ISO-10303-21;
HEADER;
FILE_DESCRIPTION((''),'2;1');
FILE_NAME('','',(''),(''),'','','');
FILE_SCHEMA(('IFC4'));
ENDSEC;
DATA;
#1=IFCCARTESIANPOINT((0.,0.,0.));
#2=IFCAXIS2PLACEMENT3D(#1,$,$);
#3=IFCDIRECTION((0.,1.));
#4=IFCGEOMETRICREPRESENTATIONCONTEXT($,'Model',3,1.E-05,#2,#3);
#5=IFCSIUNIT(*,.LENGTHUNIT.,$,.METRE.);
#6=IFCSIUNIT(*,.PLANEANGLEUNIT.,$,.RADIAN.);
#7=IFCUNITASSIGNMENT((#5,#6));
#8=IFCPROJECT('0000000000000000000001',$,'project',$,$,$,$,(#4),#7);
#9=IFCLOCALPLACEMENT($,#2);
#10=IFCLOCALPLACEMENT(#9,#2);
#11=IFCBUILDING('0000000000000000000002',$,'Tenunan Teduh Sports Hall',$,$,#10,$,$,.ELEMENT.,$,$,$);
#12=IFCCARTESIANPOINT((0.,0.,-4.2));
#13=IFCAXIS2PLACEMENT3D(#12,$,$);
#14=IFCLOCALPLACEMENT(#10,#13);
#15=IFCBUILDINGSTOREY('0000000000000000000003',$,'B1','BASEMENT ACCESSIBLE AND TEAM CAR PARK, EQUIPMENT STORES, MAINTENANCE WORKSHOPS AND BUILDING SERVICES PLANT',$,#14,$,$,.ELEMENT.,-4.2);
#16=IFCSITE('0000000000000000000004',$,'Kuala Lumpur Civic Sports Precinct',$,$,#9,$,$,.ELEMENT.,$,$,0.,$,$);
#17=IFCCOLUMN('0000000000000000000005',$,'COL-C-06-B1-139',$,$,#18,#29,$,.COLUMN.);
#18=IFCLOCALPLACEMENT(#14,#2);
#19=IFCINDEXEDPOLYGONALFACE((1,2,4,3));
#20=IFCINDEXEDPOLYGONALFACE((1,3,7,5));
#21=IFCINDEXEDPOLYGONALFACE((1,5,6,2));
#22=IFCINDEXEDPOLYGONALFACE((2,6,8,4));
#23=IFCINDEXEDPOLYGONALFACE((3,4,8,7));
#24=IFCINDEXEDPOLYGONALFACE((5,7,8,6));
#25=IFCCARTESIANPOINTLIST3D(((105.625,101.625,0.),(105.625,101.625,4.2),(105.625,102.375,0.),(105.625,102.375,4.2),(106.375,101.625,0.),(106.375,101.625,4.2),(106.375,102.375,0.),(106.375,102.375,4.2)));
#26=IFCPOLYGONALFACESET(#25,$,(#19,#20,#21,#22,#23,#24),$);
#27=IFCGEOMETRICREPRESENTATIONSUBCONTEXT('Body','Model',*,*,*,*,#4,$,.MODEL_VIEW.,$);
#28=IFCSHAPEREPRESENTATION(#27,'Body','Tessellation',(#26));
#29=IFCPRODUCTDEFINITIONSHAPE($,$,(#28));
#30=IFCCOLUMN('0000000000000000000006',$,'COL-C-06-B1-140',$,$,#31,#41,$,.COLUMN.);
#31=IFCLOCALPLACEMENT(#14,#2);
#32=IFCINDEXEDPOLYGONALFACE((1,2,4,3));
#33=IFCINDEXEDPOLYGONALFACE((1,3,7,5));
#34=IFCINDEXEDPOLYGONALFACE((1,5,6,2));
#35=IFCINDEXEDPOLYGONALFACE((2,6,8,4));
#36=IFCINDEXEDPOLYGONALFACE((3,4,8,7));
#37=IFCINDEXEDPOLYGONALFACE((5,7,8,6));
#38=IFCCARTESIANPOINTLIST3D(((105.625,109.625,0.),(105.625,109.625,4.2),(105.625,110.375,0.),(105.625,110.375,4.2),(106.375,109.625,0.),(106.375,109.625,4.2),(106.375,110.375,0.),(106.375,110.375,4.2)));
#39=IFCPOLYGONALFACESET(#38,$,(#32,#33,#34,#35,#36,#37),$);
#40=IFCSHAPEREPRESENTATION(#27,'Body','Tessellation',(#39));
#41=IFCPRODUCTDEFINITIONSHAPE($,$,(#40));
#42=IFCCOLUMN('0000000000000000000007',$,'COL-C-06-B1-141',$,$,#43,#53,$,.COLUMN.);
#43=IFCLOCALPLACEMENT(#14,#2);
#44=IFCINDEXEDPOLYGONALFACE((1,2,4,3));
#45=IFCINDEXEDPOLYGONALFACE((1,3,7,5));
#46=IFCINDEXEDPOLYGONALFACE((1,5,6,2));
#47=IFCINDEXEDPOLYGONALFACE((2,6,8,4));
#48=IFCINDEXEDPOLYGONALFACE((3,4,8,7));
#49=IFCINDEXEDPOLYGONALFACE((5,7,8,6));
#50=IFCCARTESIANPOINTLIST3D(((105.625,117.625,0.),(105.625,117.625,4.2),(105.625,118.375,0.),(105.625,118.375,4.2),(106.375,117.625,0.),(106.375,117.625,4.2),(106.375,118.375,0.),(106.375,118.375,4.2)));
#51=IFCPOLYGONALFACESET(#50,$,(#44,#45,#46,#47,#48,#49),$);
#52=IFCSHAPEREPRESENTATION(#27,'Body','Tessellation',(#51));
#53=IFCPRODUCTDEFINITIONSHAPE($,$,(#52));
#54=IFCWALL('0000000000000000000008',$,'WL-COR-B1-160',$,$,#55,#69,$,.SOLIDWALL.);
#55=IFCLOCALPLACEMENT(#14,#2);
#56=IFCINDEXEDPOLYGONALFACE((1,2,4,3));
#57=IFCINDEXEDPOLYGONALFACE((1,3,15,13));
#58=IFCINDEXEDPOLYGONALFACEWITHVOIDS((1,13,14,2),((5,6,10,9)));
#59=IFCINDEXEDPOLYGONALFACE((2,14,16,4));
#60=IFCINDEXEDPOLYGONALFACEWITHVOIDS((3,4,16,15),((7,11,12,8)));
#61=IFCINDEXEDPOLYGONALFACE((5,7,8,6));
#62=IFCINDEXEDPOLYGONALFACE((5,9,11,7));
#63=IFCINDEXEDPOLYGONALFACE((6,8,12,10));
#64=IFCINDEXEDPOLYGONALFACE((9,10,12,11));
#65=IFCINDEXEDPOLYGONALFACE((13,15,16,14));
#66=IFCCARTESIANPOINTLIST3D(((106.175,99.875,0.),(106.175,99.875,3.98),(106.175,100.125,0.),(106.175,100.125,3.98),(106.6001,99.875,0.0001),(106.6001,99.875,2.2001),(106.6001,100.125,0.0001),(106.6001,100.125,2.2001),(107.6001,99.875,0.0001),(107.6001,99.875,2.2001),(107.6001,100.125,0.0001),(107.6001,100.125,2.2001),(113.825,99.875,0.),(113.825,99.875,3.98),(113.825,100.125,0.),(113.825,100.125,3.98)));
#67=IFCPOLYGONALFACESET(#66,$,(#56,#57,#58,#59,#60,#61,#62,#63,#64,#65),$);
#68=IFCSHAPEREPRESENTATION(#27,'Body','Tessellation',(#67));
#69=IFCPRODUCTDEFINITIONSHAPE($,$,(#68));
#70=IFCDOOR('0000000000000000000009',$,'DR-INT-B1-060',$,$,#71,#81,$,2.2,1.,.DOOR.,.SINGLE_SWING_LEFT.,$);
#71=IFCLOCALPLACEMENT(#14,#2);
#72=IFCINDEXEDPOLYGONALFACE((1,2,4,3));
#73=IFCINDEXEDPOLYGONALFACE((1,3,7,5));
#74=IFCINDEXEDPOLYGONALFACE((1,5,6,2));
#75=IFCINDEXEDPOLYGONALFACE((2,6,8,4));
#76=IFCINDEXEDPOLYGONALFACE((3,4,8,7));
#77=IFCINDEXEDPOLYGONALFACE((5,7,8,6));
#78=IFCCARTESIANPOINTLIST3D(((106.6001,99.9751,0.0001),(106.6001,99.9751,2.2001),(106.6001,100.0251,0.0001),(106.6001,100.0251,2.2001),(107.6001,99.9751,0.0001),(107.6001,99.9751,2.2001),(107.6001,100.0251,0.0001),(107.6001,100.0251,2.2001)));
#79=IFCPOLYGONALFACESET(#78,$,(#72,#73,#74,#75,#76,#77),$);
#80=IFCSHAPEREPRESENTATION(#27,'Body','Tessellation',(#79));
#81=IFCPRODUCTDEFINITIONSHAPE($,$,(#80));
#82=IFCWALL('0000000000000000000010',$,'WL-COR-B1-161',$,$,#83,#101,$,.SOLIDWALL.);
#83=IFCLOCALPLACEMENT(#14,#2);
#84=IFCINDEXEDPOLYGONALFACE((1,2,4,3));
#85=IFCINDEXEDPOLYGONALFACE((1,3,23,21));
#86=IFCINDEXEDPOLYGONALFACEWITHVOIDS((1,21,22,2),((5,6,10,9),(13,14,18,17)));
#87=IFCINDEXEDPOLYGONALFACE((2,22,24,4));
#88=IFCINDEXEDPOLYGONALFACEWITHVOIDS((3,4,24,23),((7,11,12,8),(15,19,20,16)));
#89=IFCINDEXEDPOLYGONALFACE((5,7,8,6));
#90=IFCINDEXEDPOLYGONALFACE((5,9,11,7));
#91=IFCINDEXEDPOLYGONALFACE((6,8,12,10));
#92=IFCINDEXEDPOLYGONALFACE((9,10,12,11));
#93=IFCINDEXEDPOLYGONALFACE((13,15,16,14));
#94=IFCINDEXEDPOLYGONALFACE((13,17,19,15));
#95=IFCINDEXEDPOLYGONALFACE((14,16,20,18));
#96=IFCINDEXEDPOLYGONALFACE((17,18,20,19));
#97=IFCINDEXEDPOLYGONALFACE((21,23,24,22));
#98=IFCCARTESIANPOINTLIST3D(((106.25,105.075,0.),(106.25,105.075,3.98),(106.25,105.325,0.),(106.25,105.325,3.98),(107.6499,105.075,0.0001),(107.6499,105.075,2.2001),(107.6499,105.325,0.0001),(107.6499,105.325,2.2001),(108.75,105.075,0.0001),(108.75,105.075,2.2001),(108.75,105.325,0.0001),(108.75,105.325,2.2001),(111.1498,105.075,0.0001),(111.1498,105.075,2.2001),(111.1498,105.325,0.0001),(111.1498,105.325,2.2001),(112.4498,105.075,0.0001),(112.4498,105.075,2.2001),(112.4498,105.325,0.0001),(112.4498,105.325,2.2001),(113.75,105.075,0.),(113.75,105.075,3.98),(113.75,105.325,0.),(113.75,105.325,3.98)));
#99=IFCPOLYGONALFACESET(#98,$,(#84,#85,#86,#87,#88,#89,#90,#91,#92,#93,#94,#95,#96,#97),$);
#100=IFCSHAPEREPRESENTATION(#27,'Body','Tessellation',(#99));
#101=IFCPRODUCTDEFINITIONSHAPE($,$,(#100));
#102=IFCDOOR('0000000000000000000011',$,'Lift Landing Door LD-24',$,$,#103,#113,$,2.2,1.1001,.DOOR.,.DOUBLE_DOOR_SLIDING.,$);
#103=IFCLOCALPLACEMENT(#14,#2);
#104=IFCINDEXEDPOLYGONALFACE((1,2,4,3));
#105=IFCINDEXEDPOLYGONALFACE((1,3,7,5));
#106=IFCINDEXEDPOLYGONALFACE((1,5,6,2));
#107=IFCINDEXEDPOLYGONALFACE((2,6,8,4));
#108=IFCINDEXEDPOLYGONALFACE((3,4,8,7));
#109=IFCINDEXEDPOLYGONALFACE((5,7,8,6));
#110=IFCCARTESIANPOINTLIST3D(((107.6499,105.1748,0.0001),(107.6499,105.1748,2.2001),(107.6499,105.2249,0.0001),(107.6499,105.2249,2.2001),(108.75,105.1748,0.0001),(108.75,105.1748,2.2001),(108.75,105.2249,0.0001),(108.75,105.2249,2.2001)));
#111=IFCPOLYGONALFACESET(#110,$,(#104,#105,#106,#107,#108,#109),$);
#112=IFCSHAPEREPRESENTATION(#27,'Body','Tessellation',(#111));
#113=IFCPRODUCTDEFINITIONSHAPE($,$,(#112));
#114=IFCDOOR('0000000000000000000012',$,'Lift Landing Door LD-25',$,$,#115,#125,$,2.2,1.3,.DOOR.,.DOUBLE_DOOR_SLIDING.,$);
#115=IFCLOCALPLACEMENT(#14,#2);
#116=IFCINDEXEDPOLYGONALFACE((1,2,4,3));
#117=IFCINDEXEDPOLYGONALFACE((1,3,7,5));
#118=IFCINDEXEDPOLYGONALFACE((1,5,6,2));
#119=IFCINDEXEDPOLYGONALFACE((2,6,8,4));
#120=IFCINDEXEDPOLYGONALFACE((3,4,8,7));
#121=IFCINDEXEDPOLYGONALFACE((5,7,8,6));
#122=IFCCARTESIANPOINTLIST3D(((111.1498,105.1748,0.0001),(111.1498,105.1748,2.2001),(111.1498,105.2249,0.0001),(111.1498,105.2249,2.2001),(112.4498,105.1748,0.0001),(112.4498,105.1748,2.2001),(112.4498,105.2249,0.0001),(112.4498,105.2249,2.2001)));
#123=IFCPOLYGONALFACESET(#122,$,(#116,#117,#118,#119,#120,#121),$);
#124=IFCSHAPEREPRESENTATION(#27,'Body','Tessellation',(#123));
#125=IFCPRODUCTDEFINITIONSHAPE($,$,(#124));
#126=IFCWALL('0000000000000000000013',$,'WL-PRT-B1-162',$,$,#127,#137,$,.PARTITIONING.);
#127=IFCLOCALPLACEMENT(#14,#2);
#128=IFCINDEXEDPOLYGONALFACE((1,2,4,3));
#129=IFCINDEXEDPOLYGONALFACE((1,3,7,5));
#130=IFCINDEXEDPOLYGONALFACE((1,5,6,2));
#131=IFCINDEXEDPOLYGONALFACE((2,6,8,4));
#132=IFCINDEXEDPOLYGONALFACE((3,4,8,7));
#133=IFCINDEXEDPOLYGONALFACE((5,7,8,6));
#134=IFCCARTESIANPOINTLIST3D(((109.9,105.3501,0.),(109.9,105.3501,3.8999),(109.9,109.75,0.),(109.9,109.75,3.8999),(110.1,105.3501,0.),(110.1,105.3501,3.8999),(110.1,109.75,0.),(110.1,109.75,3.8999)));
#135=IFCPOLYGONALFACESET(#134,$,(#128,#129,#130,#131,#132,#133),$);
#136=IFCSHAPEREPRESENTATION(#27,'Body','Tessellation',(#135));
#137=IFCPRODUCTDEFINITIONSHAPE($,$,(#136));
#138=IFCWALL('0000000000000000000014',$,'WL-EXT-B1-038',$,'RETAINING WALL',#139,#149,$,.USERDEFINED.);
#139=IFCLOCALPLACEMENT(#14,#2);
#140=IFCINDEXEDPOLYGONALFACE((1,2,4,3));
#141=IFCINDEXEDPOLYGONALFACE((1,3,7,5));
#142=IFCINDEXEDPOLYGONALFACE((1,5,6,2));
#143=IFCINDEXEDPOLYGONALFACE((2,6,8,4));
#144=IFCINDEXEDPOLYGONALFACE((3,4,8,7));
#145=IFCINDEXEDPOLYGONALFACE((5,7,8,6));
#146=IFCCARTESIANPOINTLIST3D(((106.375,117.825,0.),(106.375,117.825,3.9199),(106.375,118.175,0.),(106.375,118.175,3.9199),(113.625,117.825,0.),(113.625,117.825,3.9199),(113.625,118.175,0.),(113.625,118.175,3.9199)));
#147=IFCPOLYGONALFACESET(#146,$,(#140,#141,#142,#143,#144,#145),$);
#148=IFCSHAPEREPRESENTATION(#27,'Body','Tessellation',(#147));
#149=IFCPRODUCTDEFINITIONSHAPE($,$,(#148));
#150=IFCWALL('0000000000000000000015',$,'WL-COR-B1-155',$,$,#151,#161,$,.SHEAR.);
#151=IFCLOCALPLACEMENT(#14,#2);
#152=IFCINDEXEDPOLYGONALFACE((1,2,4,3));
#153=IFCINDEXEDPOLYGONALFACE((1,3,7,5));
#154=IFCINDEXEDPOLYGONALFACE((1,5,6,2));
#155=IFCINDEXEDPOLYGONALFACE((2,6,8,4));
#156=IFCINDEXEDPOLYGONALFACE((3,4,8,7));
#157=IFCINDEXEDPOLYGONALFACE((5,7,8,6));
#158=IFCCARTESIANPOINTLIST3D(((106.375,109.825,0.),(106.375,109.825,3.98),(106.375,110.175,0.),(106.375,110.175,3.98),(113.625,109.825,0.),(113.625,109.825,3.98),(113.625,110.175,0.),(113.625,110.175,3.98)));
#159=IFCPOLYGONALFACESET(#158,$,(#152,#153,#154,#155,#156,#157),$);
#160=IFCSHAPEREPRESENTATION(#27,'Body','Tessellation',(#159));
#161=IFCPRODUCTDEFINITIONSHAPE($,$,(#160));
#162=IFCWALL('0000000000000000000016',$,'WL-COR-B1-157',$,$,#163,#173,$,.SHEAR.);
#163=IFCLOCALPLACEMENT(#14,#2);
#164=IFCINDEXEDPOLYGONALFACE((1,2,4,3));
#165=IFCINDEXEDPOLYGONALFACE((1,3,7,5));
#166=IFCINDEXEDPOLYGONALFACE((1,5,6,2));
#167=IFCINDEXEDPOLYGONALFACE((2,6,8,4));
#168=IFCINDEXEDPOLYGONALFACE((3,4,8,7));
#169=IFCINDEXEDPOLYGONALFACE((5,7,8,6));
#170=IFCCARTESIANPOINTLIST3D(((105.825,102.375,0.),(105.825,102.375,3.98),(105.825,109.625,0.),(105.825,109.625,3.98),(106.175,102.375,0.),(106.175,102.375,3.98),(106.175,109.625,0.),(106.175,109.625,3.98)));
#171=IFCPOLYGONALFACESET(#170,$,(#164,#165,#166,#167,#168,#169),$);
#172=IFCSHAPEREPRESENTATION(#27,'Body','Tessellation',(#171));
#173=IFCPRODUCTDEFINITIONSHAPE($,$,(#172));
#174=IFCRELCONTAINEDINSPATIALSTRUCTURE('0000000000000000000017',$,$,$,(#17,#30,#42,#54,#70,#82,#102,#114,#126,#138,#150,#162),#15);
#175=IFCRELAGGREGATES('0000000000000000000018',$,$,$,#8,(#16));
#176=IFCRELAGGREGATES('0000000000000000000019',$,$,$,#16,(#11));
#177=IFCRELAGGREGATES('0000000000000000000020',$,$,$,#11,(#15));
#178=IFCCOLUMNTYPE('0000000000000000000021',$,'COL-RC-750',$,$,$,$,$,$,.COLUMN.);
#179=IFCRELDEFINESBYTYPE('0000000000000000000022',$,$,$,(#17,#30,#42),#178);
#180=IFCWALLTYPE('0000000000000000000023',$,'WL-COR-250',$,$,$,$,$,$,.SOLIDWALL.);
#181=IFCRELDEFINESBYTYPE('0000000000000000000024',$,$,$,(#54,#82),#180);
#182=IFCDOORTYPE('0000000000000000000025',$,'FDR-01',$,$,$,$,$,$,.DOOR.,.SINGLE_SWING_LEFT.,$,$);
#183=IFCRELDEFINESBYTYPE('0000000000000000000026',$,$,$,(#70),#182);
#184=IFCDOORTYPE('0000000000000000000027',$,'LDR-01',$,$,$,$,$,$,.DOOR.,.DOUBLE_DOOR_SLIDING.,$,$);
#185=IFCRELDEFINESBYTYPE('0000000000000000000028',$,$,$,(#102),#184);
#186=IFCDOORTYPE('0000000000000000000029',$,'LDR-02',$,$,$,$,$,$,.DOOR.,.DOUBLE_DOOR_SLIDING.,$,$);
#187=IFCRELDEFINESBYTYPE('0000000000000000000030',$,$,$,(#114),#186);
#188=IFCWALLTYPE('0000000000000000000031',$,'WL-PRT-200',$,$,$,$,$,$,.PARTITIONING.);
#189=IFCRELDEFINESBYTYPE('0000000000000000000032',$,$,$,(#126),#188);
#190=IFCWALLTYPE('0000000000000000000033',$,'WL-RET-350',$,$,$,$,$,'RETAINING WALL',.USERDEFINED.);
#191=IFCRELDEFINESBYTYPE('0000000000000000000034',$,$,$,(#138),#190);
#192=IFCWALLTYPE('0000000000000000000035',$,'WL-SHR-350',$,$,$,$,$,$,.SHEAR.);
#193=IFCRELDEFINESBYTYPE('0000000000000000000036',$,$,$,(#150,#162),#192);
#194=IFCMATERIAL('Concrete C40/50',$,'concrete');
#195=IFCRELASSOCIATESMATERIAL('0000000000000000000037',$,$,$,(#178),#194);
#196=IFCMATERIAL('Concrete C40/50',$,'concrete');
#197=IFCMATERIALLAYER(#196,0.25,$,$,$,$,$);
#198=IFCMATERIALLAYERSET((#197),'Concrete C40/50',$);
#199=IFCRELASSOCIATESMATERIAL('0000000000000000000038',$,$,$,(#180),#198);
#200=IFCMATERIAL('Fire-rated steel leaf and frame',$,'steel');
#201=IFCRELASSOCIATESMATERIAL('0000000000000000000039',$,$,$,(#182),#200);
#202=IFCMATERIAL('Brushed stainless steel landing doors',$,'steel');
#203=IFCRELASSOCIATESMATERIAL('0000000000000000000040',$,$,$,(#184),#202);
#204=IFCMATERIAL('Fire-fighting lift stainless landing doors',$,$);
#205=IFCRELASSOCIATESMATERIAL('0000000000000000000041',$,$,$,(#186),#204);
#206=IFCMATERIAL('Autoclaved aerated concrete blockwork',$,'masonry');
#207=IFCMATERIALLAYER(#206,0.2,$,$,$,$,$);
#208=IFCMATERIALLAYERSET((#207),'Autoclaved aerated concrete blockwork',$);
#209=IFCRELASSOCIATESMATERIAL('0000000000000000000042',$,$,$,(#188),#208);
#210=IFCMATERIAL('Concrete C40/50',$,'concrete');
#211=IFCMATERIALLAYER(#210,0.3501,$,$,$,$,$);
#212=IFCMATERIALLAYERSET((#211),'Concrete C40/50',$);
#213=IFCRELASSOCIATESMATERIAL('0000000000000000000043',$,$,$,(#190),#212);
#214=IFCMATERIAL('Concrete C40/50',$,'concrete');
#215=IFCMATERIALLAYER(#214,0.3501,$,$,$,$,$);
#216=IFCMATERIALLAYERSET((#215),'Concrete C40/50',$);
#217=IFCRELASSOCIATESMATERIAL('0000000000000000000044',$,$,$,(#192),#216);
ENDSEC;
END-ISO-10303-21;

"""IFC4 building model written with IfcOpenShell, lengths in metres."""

from ifc_helpers import new_model, si_unit, direction, frame, frame_2d, origin, origin_2d, place, context, subcontext, project, spatial, rectangle, extrude, material, layer, layer_set, material_profile, profile_set, type_object, element, fill, save


model = new_model("IFC4")

# Units and contexts
model_context = context("Model", 3, precision=1e-05, world=origin(), true_north=direction((0.0, 1.0)))
body_context = subcontext(model_context, "Body", "Model", "MODEL_VIEW")
ifc_project = project(units=[si_unit("LENGTHUNIT", "METRE"), si_unit("PLANEANGLEUNIT", "RADIAN")], contexts=[model_context])

# Site, building, storey
site_placement = place(None, origin())
site = spatial("IfcSite", under=ifc_project, at=site_placement, Name="Kuala Lumpur Civic Sports Precinct", CompositionType="ELEMENT", RefElevation=0.0)
building_placement = place(site_placement, origin())
building = spatial("IfcBuilding", under=site, at=building_placement, Name="Tenunan Teduh Sports Hall", CompositionType="ELEMENT")
storey_placement = place(building_placement, frame((0.0, 0.0, -4.2)))
storey = spatial("IfcBuildingStorey", under=building, at=storey_placement, Name="B1", Description="BASEMENT ACCESSIBLE AND TEAM CAR PARK, EQUIPMENT STORES, MAINTENANCE WORKSHOPS AND BUILDING SERVICES PLANT", CompositionType="ELEMENT", Elevation=-4.2)

# Columns
ifc_material_1 = material(Name="Concrete C40/50", Category="concrete")
ifc_material_profile_1 = material_profile(ifc_material_1, rectangle(XDim=0.75, YDim=0.75, at=origin_2d()), Name="RC 750x750")
ifc_profile_set_1 = profile_set([ifc_material_profile_1], Name="Concrete C40/50")
column_type = type_object("IfcColumnType", Name="COL-RC-750", PredefinedType="COLUMN", material=ifc_profile_set_1)
for number, where, z_axis, x_axis, name in (
    (1, (106.0, 102.0, 0.0), (0.0, 0.0, 1.0), (1.0, 0.0, 0.0), "COL-C-06-B1-139"),
    (2, (106.0, 110.0, 0.0), (0.0, 0.0, 1.0), (1.0, 0.0, 0.0), "COL-C-06-B1-140"),
    (3, (106.0, 118.0, 0.0), (0.0, 0.0, 1.0), (1.0, 0.0, 0.0), "COL-C-06-B1-141"),
):
    element("IfcColumn", number, at=place(storey_placement, frame(where, z_axis=z_axis, x_axis=x_axis)), inside=storey, type_object=column_type, Name=name, PredefinedType="COLUMN", context=body_context, shape_type="SweptSolid", body=[
        extrude(rectangle(XDim=0.75, YDim=0.75, at=origin_2d()), origin(), (0.0, 0.0, 1.0), 4.2),
    ])

# Wall, opening, door
ifc_material_2 = material(Name="Concrete C40/50", Category="concrete")
ifc_layer_1 = layer(ifc_material_2, 0.25)
ifc_layer_set_1 = layer_set([ifc_layer_1], Name="Concrete C40/50")
wall_type_1 = type_object("IfcWallType", Name="WL-COR-250", PredefinedType="SOLIDWALL", material=ifc_layer_set_1)
wall_1_placement = place(storey_placement, frame((106.175, 100.0, 0.0), z_axis=(0.0, 0.0, 1.0), x_axis=(1.0, 0.0, 0.0)))
wall_1 = element("IfcWall", 4, at=wall_1_placement, inside=storey, type_object=wall_type_1, Name="WL-COR-B1-160", PredefinedType="SOLIDWALL", context=body_context, shape_type="SweptSolid", body=[
    extrude(rectangle(XDim=7.6499, YDim=0.25, at=frame_2d((3.825, 0.0))), origin(), (0.0, 0.0, 1.0), 3.98),
])
opening_1_placement = place(wall_1_placement, frame((0.425, 0.0, 0.0)))
opening_1 = element("IfcOpeningElement", 5, at=opening_1_placement, cuts=wall_1, PredefinedType="OPENING", context=body_context, shape_type="SweptSolid", body=[
    extrude(rectangle(XDim=1.0, YDim=2.2, at=frame_2d((0.5, 1.1001))), frame((0.0, 0.135, 0.0), z_axis=(0.0, -1.0, 0.0), x_axis=(1.0, 0.0, 0.0)), (0.0, 0.0, 1.0), 0.27),
])
ifc_material_3 = material(Name="Fire-rated steel leaf and frame", Category="steel")
door_type_1 = type_object("IfcDoorType", Name="FDR-01", OperationType="SINGLE_SWING_LEFT", PredefinedType="DOOR", material=ifc_material_3)
door_1_placement = place(opening_1_placement, frame((1.0, 0.0, 0.0), z_axis=(0.0, 0.0, 1.0), x_axis=(-1.0, 0.0, 0.0)))
door_1 = element("IfcDoor", 6, at=door_1_placement, inside=storey, type_object=door_type_1, Name="DR-INT-B1-060", OperationType="SINGLE_SWING_LEFT", OverallHeight=2.2, OverallWidth=1.0, PredefinedType="DOOR", context=body_context, shape_type="SweptSolid", body=[
    extrude(rectangle(XDim=1.0, YDim=2.2, at=frame_2d((0.5, 1.1001))), frame((0.0, 0.0249, 0.0), z_axis=(0.0, -1.0, 0.0), x_axis=(1.0, 0.0, 0.0)), (0.0, 0.0, 1.0), 0.05),
])
fill(opening_1, door_1)

# Wall, openings, doors
wall_2_placement = place(storey_placement, frame((106.25, 105.2, 0.0), z_axis=(0.0, 0.0, 1.0), x_axis=(1.0, 0.0, 0.0)))
wall_2 = element("IfcWall", 7, at=wall_2_placement, inside=storey, type_object=wall_type_1, Name="WL-COR-B1-161", PredefinedType="SOLIDWALL", context=body_context, shape_type="SweptSolid", body=[
    extrude(rectangle(XDim=7.5, YDim=0.25, at=frame_2d((3.75, 0.0))), origin(), (0.0, 0.0, 1.0), 3.98),
])
opening_2_placement = place(wall_2_placement, frame((1.3999, 0.0, 0.0)))
opening_2 = element("IfcOpeningElement", 8, at=opening_2_placement, cuts=wall_2, PredefinedType="OPENING", context=body_context, shape_type="SweptSolid", body=[
    extrude(rectangle(XDim=1.1001, YDim=2.2, at=frame_2d((0.55, 1.1001))), frame((0.0, 0.135, 0.0), z_axis=(0.0, -1.0, 0.0), x_axis=(1.0, 0.0, 0.0)), (0.0, 0.0, 1.0), 0.27),
])
opening_3_placement = place(wall_2_placement, frame((4.8999, 0.0, 0.0)))
opening_3 = element("IfcOpeningElement", 9, at=opening_3_placement, cuts=wall_2, PredefinedType="OPENING", context=body_context, shape_type="SweptSolid", body=[
    extrude(rectangle(XDim=1.3, YDim=2.2, at=frame_2d((0.6499, 1.1001))), frame((0.0, 0.135, 0.0), z_axis=(0.0, -1.0, 0.0), x_axis=(1.0, 0.0, 0.0)), (0.0, 0.0, 1.0), 0.27),
])
ifc_material_4 = material(Name="Brushed stainless steel landing doors", Category="steel")
door_type_2 = type_object("IfcDoorType", Name="LDR-01", OperationType="DOUBLE_DOOR_SLIDING", PredefinedType="DOOR", material=ifc_material_4)
door_2_placement = place(opening_2_placement, origin())
door_2 = element("IfcDoor", 10, at=door_2_placement, inside=storey, type_object=door_type_2, Name="Lift Landing Door LD-24", OperationType="DOUBLE_DOOR_SLIDING", OverallHeight=2.2, OverallWidth=1.1001, PredefinedType="DOOR", context=body_context, shape_type="SweptSolid", body=[
    extrude(rectangle(XDim=1.1001, YDim=2.2, at=frame_2d((0.55, 1.1001))), frame((0.0, 0.0249, 0.0), z_axis=(0.0, -1.0, 0.0), x_axis=(1.0, 0.0, 0.0)), (0.0, 0.0, 1.0), 0.05),
])
fill(opening_2, door_2)
ifc_material_5 = material(Name="Fire-fighting lift stainless landing doors")
door_type_3 = type_object("IfcDoorType", Name="LDR-02", OperationType="DOUBLE_DOOR_SLIDING", PredefinedType="DOOR", material=ifc_material_5)
door_3_placement = place(opening_3_placement, origin())
door_3 = element("IfcDoor", 11, at=door_3_placement, inside=storey, type_object=door_type_3, Name="Lift Landing Door LD-25", OperationType="DOUBLE_DOOR_SLIDING", OverallHeight=2.2, OverallWidth=1.3, PredefinedType="DOOR", context=body_context, shape_type="SweptSolid", body=[
    extrude(rectangle(XDim=1.3, YDim=2.2, at=frame_2d((0.6499, 1.1001))), frame((0.0, 0.0249, 0.0), z_axis=(0.0, -1.0, 0.0), x_axis=(1.0, 0.0, 0.0)), (0.0, 0.0, 1.0), 0.05),
])
fill(opening_3, door_3)

# Walls
ifc_material_6 = material(Name="Autoclaved aerated concrete blockwork", Category="masonry")
ifc_layer_2 = layer(ifc_material_6, 0.2)
ifc_layer_set_2 = layer_set([ifc_layer_2], Name="Autoclaved aerated concrete blockwork")
wall_type_2 = type_object("IfcWallType", Name="WL-PRT-200", PredefinedType="PARTITIONING", material=ifc_layer_set_2)
wall_3_placement = place(storey_placement, frame((110.0, 105.3501, 0.0), z_axis=(0.0, 0.0, 1.0), x_axis=(0.0, 1.0, 0.0)))
element("IfcWall", 12, at=wall_3_placement, inside=storey, type_object=wall_type_2, Name="WL-PRT-B1-162", PredefinedType="PARTITIONING", context=body_context, shape_type="SweptSolid", body=[
    extrude(rectangle(XDim=4.3999, YDim=0.2, at=frame_2d((2.2, 0.0))), origin(), (0.0, 0.0, 1.0), 3.8999),
])
ifc_material_7 = material(Name="Concrete C40/50", Category="concrete")
ifc_layer_3 = layer(ifc_material_7, 0.3501)
ifc_layer_set_3 = layer_set([ifc_layer_3], Name="Concrete C40/50")
wall_type_3 = type_object("IfcWallType", Name="WL-RET-350", ElementType="RETAINING WALL", PredefinedType="USERDEFINED", material=ifc_layer_set_3)
wall_4_placement = place(storey_placement, frame((106.375, 118.0, 0.0), z_axis=(0.0, 0.0, 1.0), x_axis=(1.0, 0.0, 0.0)))
element("IfcWall", 13, at=wall_4_placement, inside=storey, type_object=wall_type_3, Name="WL-EXT-B1-038", ObjectType="RETAINING WALL", PredefinedType="USERDEFINED", context=body_context, shape_type="SweptSolid", body=[
    extrude(rectangle(XDim=7.25, YDim=0.3501, at=frame_2d((3.625, 0.0))), origin(), (0.0, 0.0, 1.0), 3.9199),
])
ifc_material_8 = material(Name="Concrete C40/50", Category="concrete")
ifc_layer_4 = layer(ifc_material_8, 0.3501)
ifc_layer_set_4 = layer_set([ifc_layer_4], Name="Concrete C40/50")
wall_type_4 = type_object("IfcWallType", Name="WL-SHR-350", PredefinedType="SHEAR", material=ifc_layer_set_4)
for number, where, z_axis, x_axis, name in (
    (14, (106.375, 110.0, 0.0), (0.0, 0.0, 1.0), (1.0, 0.0, 0.0), "WL-COR-B1-155"),
    (15, (106.0, 102.375, 0.0), (0.0, 0.0, 1.0), (0.0, 1.0, 0.0), "WL-COR-B1-157"),
):
    element("IfcWall", number, at=place(storey_placement, frame(where, z_axis=z_axis, x_axis=x_axis)), inside=storey, type_object=wall_type_4, Name=name, PredefinedType="SHEAR", context=body_context, shape_type="SweptSolid", body=[
        extrude(rectangle(XDim=7.25, YDim=0.3501, at=frame_2d((3.625, 0.0))), origin(), (0.0, 0.0, 1.0), 3.98),
    ])

save(model, "model.ifc")
